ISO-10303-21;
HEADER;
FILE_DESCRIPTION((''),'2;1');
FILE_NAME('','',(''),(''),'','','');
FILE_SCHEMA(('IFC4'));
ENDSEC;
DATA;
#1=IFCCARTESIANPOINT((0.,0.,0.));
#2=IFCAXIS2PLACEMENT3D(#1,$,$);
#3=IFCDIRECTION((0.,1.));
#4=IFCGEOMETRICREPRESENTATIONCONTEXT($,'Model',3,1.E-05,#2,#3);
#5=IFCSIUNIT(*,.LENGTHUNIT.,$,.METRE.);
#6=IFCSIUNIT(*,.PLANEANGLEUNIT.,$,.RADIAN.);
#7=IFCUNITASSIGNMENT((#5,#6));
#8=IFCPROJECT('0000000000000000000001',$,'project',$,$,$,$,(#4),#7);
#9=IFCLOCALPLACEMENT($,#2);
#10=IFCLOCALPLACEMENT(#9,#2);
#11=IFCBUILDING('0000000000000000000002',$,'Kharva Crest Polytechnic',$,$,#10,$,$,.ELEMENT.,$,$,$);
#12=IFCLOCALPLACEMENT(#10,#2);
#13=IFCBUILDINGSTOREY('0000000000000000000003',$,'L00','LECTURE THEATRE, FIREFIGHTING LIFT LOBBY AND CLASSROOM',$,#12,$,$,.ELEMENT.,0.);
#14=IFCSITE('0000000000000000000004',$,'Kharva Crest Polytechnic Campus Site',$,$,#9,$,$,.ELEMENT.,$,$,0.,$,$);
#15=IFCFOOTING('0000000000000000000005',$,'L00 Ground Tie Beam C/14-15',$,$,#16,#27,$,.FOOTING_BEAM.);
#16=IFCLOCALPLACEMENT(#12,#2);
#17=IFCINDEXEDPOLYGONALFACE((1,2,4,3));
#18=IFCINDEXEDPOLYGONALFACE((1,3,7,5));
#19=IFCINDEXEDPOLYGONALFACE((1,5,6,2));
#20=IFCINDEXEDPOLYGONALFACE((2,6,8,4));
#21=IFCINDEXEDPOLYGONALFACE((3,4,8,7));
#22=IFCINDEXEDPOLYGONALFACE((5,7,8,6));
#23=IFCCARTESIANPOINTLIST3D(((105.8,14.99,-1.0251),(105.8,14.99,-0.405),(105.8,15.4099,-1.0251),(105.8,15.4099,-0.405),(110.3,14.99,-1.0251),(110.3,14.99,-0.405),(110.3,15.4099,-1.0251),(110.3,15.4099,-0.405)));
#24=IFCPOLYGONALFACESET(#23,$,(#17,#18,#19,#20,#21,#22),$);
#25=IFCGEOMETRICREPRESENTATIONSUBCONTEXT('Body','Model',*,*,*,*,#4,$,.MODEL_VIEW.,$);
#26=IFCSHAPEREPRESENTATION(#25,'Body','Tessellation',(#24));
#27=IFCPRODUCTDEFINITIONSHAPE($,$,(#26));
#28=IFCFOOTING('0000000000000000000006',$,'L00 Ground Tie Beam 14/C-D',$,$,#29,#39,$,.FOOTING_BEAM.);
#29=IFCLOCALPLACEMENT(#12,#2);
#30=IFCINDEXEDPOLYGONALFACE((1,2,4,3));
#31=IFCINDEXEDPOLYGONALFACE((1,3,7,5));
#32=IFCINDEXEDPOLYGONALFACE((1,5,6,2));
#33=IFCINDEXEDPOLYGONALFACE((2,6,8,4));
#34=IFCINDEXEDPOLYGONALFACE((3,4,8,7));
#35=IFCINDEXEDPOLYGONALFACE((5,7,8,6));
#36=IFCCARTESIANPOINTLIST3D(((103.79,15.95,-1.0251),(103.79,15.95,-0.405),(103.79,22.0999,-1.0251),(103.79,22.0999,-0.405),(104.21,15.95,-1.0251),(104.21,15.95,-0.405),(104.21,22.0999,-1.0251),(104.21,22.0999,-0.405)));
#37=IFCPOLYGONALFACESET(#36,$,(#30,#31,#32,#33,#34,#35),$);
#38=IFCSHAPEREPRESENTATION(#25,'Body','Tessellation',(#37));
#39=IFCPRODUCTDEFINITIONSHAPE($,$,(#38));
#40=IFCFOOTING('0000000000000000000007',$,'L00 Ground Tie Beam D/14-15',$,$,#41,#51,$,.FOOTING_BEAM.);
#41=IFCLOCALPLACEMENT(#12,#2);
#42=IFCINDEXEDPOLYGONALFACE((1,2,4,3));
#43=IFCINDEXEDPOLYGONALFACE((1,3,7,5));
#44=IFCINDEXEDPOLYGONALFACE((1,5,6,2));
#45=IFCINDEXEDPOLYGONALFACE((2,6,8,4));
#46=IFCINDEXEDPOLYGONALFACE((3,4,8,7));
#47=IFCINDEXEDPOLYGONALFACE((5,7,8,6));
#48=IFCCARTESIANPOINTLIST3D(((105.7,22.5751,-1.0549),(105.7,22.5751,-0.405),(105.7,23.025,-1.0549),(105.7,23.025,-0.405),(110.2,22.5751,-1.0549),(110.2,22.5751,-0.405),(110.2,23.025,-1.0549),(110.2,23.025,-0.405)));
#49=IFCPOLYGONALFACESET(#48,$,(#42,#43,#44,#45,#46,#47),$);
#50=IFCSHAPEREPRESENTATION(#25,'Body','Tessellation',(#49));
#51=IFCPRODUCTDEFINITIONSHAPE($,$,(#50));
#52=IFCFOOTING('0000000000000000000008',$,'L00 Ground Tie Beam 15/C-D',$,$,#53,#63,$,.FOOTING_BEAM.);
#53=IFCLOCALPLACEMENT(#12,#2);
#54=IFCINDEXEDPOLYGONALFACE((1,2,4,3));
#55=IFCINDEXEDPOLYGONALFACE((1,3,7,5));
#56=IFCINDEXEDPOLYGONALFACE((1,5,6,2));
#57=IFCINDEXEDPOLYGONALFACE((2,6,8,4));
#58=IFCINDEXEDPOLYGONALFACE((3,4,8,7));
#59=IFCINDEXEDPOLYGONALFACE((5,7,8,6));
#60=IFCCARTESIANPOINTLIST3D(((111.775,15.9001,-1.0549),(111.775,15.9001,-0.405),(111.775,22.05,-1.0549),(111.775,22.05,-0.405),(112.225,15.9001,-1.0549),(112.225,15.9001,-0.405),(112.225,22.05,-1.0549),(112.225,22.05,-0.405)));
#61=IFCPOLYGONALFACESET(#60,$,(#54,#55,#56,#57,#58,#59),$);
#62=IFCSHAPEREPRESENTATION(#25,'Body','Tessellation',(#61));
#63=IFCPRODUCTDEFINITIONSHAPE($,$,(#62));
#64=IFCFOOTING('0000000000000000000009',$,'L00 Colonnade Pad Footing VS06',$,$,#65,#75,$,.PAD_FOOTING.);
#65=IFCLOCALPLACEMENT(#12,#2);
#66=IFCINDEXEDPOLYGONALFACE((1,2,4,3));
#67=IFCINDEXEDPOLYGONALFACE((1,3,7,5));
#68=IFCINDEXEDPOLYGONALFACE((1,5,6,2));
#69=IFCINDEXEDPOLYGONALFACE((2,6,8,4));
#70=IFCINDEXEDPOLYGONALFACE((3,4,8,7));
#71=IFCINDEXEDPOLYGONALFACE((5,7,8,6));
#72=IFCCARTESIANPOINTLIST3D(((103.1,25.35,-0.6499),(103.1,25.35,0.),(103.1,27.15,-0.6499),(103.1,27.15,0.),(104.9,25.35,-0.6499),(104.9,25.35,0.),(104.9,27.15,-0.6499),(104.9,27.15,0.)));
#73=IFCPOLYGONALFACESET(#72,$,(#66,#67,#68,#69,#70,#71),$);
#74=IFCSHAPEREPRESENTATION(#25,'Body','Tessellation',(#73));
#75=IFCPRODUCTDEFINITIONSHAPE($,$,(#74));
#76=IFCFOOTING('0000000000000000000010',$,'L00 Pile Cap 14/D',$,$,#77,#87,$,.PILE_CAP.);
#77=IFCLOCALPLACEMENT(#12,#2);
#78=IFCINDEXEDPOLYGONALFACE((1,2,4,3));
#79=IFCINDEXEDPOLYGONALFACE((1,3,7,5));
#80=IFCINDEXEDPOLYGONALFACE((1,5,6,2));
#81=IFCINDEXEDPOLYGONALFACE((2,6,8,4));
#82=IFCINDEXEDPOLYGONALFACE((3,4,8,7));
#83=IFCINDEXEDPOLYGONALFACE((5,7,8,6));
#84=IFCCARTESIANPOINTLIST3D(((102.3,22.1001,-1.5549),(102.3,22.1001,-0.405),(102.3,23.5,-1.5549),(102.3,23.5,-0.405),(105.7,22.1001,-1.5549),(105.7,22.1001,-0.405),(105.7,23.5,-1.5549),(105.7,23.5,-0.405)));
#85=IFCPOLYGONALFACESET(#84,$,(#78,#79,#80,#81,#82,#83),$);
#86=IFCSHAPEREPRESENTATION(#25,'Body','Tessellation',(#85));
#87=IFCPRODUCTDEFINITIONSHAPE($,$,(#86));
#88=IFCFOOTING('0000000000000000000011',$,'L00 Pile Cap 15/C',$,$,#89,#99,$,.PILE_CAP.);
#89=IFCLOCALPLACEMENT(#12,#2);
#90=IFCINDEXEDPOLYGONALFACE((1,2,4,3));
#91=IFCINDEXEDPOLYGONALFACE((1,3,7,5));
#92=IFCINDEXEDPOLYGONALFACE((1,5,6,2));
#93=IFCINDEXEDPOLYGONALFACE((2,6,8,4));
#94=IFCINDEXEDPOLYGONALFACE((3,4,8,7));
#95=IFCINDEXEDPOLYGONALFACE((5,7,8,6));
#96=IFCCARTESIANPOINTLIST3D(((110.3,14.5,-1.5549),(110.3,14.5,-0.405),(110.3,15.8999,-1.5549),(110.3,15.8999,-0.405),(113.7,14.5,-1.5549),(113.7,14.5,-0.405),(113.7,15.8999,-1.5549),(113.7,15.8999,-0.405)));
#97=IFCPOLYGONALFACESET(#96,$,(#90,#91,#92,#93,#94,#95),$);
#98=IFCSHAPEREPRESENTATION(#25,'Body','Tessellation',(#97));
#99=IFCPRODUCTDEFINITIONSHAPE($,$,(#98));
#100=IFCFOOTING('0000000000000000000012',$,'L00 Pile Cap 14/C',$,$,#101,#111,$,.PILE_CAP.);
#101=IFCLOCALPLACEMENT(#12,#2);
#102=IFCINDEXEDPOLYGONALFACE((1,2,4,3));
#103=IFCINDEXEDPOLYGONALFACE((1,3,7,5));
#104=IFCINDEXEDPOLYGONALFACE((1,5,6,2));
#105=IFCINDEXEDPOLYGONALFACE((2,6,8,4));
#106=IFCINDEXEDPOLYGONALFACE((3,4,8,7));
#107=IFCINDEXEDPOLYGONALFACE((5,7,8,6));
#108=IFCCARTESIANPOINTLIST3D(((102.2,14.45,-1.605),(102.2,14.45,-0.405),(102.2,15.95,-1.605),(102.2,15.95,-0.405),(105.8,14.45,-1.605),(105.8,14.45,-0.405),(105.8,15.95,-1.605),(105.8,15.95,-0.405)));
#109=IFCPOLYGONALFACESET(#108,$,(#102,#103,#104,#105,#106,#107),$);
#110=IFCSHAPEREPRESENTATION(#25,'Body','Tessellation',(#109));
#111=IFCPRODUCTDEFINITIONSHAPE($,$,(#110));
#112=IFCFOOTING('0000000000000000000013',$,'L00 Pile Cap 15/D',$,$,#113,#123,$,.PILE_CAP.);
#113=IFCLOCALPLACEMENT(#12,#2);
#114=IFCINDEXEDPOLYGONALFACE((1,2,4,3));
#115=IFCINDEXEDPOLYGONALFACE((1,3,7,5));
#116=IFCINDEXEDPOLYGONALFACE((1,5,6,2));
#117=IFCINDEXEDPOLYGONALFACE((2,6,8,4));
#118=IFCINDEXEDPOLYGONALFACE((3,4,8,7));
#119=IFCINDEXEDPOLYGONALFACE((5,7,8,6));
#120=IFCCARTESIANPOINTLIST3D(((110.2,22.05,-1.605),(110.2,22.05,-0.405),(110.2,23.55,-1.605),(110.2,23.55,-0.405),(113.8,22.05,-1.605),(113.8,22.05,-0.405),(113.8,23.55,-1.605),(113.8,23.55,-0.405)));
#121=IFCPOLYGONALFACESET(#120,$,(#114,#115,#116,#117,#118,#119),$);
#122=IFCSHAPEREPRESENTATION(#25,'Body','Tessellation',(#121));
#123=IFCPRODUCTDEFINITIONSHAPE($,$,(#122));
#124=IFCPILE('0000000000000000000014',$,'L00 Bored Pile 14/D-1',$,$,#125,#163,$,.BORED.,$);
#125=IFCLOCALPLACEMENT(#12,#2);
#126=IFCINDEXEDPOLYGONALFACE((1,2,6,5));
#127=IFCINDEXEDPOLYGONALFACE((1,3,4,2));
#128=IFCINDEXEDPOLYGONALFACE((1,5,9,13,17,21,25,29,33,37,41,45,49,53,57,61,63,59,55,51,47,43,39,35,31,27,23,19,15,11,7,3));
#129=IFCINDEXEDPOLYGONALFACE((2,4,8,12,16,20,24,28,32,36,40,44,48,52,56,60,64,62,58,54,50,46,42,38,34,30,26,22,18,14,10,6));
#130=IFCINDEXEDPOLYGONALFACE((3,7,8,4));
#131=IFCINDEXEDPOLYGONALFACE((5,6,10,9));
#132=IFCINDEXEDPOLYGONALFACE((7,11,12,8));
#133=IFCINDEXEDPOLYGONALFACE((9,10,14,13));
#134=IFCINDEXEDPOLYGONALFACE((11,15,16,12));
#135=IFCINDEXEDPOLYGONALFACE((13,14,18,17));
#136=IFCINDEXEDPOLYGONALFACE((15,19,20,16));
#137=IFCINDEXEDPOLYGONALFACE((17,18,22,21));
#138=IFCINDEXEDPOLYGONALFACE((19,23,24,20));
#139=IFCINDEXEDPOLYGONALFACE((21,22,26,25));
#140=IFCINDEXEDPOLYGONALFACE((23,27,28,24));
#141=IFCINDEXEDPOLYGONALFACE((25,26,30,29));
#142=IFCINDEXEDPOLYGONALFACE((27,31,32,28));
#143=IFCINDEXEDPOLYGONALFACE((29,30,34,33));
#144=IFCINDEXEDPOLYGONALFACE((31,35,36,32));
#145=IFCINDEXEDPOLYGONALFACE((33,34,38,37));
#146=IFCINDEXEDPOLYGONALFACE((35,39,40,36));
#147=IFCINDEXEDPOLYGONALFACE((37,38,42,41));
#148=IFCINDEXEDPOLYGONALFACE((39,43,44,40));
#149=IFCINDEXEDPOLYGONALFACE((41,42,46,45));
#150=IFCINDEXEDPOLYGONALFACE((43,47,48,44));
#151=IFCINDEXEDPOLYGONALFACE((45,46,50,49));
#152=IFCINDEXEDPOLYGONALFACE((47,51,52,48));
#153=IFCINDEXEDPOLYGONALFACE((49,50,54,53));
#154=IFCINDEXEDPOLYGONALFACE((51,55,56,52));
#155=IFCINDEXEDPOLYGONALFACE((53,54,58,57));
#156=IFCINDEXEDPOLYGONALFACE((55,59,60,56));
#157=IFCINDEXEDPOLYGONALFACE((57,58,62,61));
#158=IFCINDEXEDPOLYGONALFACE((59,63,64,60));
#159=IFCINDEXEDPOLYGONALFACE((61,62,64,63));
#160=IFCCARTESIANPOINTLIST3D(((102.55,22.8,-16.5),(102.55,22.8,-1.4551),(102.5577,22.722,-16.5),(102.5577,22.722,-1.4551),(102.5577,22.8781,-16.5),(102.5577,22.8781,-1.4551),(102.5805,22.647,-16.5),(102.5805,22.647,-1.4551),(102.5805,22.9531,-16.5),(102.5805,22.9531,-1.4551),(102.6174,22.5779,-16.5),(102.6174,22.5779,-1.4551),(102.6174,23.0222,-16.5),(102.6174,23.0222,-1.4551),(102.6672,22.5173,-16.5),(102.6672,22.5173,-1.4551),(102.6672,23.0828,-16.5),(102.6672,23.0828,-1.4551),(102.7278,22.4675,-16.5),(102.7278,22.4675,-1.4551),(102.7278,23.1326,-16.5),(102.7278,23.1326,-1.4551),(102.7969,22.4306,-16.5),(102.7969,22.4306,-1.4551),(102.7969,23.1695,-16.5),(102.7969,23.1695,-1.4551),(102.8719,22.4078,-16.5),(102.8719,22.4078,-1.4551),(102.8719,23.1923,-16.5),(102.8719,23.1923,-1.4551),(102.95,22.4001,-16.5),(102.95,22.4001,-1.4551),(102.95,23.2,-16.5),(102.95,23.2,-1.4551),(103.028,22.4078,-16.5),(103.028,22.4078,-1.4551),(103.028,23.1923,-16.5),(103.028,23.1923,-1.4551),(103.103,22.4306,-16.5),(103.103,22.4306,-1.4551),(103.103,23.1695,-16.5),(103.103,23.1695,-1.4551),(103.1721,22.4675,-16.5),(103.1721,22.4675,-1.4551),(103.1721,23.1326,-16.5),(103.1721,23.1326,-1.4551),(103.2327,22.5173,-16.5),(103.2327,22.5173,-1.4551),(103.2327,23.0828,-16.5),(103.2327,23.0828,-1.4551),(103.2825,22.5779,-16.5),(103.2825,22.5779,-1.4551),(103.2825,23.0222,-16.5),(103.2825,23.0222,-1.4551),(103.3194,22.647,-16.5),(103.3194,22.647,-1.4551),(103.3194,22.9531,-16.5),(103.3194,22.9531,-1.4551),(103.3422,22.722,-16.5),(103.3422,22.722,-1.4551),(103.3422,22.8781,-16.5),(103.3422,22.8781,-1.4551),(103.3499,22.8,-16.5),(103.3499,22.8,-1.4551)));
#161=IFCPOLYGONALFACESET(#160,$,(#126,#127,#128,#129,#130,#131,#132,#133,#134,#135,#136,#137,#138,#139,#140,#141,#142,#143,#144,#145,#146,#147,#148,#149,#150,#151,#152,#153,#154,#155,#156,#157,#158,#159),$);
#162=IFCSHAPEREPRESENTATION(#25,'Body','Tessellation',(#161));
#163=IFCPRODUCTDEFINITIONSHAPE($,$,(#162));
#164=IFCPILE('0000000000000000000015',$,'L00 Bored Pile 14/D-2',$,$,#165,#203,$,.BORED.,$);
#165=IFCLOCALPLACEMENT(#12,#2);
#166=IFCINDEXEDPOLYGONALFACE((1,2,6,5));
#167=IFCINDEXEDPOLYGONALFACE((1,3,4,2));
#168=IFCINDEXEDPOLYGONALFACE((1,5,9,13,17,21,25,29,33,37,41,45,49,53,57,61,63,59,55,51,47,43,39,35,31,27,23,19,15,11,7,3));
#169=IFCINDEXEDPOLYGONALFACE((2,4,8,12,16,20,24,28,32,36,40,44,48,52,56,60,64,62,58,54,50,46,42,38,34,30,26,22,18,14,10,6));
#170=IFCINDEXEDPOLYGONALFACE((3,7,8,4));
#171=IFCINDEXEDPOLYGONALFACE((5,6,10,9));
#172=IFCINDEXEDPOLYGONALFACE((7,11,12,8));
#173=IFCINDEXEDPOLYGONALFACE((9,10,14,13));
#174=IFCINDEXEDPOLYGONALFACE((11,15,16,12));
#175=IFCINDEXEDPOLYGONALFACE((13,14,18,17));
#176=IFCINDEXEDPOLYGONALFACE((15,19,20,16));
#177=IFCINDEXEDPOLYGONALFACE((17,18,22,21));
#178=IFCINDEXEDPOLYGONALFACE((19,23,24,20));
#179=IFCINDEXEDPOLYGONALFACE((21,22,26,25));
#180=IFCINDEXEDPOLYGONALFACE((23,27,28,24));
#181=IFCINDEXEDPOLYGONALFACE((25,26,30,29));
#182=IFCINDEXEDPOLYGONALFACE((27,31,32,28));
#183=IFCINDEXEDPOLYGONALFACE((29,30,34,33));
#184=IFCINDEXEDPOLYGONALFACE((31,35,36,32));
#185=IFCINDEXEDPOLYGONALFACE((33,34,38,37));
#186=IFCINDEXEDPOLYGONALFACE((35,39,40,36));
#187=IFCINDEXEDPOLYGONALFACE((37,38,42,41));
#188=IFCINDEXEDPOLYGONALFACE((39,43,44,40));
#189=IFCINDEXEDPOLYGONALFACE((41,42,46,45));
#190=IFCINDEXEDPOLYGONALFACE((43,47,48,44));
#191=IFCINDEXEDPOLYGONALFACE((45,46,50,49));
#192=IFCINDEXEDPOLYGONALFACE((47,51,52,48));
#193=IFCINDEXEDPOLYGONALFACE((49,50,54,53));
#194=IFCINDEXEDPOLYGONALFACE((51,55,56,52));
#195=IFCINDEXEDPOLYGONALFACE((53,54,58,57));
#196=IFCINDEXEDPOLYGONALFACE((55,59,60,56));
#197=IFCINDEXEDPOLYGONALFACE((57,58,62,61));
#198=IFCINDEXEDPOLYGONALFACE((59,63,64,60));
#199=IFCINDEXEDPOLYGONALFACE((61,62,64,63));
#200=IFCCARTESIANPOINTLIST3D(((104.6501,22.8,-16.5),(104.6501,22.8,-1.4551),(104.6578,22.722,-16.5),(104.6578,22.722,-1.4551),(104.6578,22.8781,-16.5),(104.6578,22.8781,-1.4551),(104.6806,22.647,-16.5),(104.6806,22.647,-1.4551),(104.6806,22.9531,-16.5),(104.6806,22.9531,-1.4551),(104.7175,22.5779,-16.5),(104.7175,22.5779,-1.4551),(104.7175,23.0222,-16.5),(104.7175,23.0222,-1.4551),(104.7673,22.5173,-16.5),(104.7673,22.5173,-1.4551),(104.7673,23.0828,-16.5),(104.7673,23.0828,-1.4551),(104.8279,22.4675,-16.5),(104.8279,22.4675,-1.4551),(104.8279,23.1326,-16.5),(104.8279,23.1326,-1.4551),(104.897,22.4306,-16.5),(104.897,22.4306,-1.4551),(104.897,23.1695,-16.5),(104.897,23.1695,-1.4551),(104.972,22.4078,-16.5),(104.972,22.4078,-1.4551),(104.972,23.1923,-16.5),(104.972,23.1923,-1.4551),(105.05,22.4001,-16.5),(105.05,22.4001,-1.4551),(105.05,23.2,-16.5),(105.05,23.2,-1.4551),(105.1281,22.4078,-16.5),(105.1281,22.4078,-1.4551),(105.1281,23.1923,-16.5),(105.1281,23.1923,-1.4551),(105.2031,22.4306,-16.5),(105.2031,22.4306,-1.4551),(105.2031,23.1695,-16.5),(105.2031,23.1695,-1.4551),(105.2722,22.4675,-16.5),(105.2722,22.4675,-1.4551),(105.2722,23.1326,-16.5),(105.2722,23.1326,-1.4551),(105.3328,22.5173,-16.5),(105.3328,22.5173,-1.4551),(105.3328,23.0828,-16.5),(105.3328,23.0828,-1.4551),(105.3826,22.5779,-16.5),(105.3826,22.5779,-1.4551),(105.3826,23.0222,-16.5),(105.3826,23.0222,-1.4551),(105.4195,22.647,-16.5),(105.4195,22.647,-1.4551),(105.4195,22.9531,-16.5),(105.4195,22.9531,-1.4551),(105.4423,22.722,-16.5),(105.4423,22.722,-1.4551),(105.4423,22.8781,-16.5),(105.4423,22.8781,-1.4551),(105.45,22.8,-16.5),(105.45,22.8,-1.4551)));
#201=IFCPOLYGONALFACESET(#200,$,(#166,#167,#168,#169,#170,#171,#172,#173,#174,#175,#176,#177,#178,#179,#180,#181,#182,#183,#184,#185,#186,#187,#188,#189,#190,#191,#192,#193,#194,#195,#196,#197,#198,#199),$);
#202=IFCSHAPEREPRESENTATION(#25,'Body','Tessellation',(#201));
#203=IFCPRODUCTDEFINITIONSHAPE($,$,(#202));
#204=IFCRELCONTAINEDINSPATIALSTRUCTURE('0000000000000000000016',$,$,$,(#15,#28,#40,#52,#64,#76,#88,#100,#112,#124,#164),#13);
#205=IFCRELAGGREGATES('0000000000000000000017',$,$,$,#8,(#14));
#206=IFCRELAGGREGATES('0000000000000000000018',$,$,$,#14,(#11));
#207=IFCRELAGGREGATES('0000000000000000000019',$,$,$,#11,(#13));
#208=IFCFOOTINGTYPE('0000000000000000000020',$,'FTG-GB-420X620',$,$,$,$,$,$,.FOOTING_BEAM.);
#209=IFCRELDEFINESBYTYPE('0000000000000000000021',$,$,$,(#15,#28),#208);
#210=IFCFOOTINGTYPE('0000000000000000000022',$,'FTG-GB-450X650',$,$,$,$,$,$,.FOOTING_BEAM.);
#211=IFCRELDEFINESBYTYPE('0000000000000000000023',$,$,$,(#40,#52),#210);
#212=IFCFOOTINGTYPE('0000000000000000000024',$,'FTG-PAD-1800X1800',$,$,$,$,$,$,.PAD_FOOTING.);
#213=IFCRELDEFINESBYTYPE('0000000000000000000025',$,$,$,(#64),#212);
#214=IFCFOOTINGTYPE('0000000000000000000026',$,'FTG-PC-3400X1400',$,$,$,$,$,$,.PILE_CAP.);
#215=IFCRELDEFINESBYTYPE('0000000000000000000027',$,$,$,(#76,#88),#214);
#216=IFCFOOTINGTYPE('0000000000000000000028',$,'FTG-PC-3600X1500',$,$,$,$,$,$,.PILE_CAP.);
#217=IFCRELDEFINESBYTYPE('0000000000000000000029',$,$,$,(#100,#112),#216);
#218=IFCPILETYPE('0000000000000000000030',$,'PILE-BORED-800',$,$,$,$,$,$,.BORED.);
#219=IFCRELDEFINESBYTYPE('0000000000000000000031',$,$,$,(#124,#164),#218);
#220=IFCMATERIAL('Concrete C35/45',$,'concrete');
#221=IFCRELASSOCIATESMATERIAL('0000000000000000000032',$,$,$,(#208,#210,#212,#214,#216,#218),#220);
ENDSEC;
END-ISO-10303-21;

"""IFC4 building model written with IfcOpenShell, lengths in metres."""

from ifc_helpers import new_model, si_unit, direction, frame, origin, origin_2d, place, context, subcontext, project, spatial, rectangle, circle, extrude, material, material_profile, profile_set, type_object, element, save


model = new_model("IFC4")

# Units and contexts
model_context = context("Model", 3, precision=1e-05, world=origin(), true_north=direction((0.0, 1.0)))
body_context = subcontext(model_context, "Body", "Model", "MODEL_VIEW")
ifc_project = project(units=[si_unit("LENGTHUNIT", "METRE"), si_unit("PLANEANGLEUNIT", "RADIAN")], contexts=[model_context])

# Site, building, storey
site_placement = place(None, origin())
site = spatial("IfcSite", under=ifc_project, at=site_placement, Name="Kharva Crest Polytechnic Campus Site", CompositionType="ELEMENT", RefElevation=0.0)
building_placement = place(site_placement, origin())
building = spatial("IfcBuilding", under=site, at=building_placement, Name="Kharva Crest Polytechnic", CompositionType="ELEMENT")
storey_placement = place(building_placement, origin())
storey = spatial("IfcBuildingStorey", under=building, at=storey_placement, Name="L00", Description="LECTURE THEATRE, FIREFIGHTING LIFT LOBBY AND CLASSROOM", CompositionType="ELEMENT", Elevation=0.0)

# Footings
ifc_material_1 = material(Name="Concrete C35/45", Category="concrete")
footing_type_1 = type_object("IfcFootingType", Name="FTG-GB-420X620", PredefinedType="FOOTING_BEAM", material=ifc_material_1)
footing_1_placement = place(storey_placement, frame((108.05, 15.2, -1.0251), z_axis=(0.0, 0.0, 1.0), x_axis=(1.0, 0.0, 0.0)))
element("IfcFooting", 1, at=footing_1_placement, inside=storey, type_object=footing_type_1, Name="L00 Ground Tie Beam C/14-15", PredefinedType="FOOTING_BEAM", context=body_context, shape_type="SweptSolid", body=[
    extrude(rectangle(XDim=4.5, YDim=0.4199, at=origin_2d()), origin(), (0.0, 0.0, 1.0), 0.6201),
])
footing_2_placement = place(storey_placement, frame((104.0, 19.0249, -1.0251), z_axis=(0.0, 0.0, 1.0), x_axis=(0.0, 1.0, 0.0)))
element("IfcFooting", 2, at=footing_2_placement, inside=storey, type_object=footing_type_1, Name="L00 Ground Tie Beam 14/C-D", PredefinedType="FOOTING_BEAM", context=body_context, shape_type="SweptSolid", body=[
    extrude(rectangle(XDim=6.1499, YDim=0.4199, at=origin_2d()), origin(), (0.0, 0.0, 1.0), 0.6201),
])
footing_type_2 = type_object("IfcFootingType", Name="FTG-GB-450X650", PredefinedType="FOOTING_BEAM", material=ifc_material_1)
footing_3_placement = place(storey_placement, frame((107.95, 22.8, -1.0549), z_axis=(0.0, 0.0, 1.0), x_axis=(1.0, 0.0, 0.0)))
element("IfcFooting", 3, at=footing_3_placement, inside=storey, type_object=footing_type_2, Name="L00 Ground Tie Beam D/14-15", PredefinedType="FOOTING_BEAM", context=body_context, shape_type="SweptSolid", body=[
    extrude(rectangle(XDim=4.5, YDim=0.45, at=origin_2d()), origin(), (0.0, 0.0, 1.0), 0.6499),
])
footing_4_placement = place(storey_placement, frame((112.0, 18.9751, -1.0549), z_axis=(0.0, 0.0, 1.0), x_axis=(0.0, 1.0, 0.0)))
element("IfcFooting", 4, at=footing_4_placement, inside=storey, type_object=footing_type_2, Name="L00 Ground Tie Beam 15/C-D", PredefinedType="FOOTING_BEAM", context=body_context, shape_type="SweptSolid", body=[
    extrude(rectangle(XDim=6.1499, YDim=0.45, at=origin_2d()), origin(), (0.0, 0.0, 1.0), 0.6499),
])
footing_type_3 = type_object("IfcFootingType", Name="FTG-PAD-1800X1800", PredefinedType="PAD_FOOTING", material=ifc_material_1)
footing_5_placement = place(storey_placement, frame((104.0, 26.25, -0.6499), z_axis=(0.0, 0.0, 1.0), x_axis=(1.0, 0.0, 0.0)))
element("IfcFooting", 5, at=footing_5_placement, inside=storey, type_object=footing_type_3, Name="L00 Colonnade Pad Footing VS06", PredefinedType="PAD_FOOTING", context=body_context, shape_type="SweptSolid", body=[
    extrude(rectangle(XDim=1.8, YDim=1.8, at=origin_2d()), origin(), (0.0, 0.0, 1.0), 0.6499),
])
footing_type_4 = type_object("IfcFootingType", Name="FTG-PC-3400X1400", PredefinedType="PILE_CAP", material=ifc_material_1)
for number, where, z_axis, x_axis, name in (
    (6, (104.0, 22.8, -1.5549), (0.0, 0.0, 1.0), (1.0, 0.0, 0.0), "L00 Pile Cap 14/D"),
    (7, (112.0, 15.2, -1.5549), (0.0, 0.0, 1.0), (1.0, 0.0, 0.0), "L00 Pile Cap 15/C"),
):
    element("IfcFooting", number, at=place(storey_placement, frame(where, z_axis=z_axis, x_axis=x_axis)), inside=storey, type_object=footing_type_4, Name=name, PredefinedType="PILE_CAP", context=body_context, shape_type="SweptSolid", body=[
        extrude(rectangle(XDim=3.3999, YDim=1.3999, at=origin_2d()), origin(), (0.0, 0.0, 1.0), 1.1499),
    ])
footing_type_5 = type_object("IfcFootingType", Name="FTG-PC-3600X1500", PredefinedType="PILE_CAP", material=ifc_material_1)
for number, where, z_axis, x_axis, name in (
    (8, (104.0, 15.2, -1.605), (0.0, 0.0, 1.0), (1.0, 0.0, 0.0), "L00 Pile Cap 14/C"),
    (9, (112.0, 22.8, -1.605), (0.0, 0.0, 1.0), (1.0, 0.0, 0.0), "L00 Pile Cap 15/D"),
):
    element("IfcFooting", number, at=place(storey_placement, frame(where, z_axis=z_axis, x_axis=x_axis)), inside=storey, type_object=footing_type_5, Name=name, PredefinedType="PILE_CAP", context=body_context, shape_type="SweptSolid", body=[
        extrude(rectangle(XDim=3.6001, YDim=1.5, at=origin_2d()), origin(), (0.0, 0.0, 1.0), 1.2),
    ])

# Piles
ifc_material_profile_1 = material_profile(ifc_material_1, circle(Radius=0.3999, at=origin_2d()), Name="DIA 800")
ifc_profile_set_1 = profile_set([ifc_material_profile_1], Name="Concrete C35/45")
pile_type_1 = type_object("IfcPileType", Name="PILE-BORED-800", PredefinedType="BORED", material=ifc_profile_set_1)
for number, where, z_axis, x_axis, name in (
    (10, (102.95, 22.8, -1.4551), (0.0, 0.0, -1.0), (1.0, 0.0, 0.0), "L00 Bored Pile 14/D-1"),
    (11, (105.05, 22.8, -1.4551), (0.0, 0.0, -1.0), (1.0, 0.0, 0.0), "L00 Bored Pile 14/D-2"),
):
    element("IfcPile", number, at=place(storey_placement, frame(where, z_axis=z_axis, x_axis=x_axis)), inside=storey, type_object=pile_type_1, Name=name, PredefinedType="BORED", context=body_context, shape_type="SweptSolid", body=[
        extrude(circle(Radius=0.3999, at=origin_2d()), origin(), (0.0, 0.0, 1.0), 15.0449),
    ])

save(model, "model.ifc")
